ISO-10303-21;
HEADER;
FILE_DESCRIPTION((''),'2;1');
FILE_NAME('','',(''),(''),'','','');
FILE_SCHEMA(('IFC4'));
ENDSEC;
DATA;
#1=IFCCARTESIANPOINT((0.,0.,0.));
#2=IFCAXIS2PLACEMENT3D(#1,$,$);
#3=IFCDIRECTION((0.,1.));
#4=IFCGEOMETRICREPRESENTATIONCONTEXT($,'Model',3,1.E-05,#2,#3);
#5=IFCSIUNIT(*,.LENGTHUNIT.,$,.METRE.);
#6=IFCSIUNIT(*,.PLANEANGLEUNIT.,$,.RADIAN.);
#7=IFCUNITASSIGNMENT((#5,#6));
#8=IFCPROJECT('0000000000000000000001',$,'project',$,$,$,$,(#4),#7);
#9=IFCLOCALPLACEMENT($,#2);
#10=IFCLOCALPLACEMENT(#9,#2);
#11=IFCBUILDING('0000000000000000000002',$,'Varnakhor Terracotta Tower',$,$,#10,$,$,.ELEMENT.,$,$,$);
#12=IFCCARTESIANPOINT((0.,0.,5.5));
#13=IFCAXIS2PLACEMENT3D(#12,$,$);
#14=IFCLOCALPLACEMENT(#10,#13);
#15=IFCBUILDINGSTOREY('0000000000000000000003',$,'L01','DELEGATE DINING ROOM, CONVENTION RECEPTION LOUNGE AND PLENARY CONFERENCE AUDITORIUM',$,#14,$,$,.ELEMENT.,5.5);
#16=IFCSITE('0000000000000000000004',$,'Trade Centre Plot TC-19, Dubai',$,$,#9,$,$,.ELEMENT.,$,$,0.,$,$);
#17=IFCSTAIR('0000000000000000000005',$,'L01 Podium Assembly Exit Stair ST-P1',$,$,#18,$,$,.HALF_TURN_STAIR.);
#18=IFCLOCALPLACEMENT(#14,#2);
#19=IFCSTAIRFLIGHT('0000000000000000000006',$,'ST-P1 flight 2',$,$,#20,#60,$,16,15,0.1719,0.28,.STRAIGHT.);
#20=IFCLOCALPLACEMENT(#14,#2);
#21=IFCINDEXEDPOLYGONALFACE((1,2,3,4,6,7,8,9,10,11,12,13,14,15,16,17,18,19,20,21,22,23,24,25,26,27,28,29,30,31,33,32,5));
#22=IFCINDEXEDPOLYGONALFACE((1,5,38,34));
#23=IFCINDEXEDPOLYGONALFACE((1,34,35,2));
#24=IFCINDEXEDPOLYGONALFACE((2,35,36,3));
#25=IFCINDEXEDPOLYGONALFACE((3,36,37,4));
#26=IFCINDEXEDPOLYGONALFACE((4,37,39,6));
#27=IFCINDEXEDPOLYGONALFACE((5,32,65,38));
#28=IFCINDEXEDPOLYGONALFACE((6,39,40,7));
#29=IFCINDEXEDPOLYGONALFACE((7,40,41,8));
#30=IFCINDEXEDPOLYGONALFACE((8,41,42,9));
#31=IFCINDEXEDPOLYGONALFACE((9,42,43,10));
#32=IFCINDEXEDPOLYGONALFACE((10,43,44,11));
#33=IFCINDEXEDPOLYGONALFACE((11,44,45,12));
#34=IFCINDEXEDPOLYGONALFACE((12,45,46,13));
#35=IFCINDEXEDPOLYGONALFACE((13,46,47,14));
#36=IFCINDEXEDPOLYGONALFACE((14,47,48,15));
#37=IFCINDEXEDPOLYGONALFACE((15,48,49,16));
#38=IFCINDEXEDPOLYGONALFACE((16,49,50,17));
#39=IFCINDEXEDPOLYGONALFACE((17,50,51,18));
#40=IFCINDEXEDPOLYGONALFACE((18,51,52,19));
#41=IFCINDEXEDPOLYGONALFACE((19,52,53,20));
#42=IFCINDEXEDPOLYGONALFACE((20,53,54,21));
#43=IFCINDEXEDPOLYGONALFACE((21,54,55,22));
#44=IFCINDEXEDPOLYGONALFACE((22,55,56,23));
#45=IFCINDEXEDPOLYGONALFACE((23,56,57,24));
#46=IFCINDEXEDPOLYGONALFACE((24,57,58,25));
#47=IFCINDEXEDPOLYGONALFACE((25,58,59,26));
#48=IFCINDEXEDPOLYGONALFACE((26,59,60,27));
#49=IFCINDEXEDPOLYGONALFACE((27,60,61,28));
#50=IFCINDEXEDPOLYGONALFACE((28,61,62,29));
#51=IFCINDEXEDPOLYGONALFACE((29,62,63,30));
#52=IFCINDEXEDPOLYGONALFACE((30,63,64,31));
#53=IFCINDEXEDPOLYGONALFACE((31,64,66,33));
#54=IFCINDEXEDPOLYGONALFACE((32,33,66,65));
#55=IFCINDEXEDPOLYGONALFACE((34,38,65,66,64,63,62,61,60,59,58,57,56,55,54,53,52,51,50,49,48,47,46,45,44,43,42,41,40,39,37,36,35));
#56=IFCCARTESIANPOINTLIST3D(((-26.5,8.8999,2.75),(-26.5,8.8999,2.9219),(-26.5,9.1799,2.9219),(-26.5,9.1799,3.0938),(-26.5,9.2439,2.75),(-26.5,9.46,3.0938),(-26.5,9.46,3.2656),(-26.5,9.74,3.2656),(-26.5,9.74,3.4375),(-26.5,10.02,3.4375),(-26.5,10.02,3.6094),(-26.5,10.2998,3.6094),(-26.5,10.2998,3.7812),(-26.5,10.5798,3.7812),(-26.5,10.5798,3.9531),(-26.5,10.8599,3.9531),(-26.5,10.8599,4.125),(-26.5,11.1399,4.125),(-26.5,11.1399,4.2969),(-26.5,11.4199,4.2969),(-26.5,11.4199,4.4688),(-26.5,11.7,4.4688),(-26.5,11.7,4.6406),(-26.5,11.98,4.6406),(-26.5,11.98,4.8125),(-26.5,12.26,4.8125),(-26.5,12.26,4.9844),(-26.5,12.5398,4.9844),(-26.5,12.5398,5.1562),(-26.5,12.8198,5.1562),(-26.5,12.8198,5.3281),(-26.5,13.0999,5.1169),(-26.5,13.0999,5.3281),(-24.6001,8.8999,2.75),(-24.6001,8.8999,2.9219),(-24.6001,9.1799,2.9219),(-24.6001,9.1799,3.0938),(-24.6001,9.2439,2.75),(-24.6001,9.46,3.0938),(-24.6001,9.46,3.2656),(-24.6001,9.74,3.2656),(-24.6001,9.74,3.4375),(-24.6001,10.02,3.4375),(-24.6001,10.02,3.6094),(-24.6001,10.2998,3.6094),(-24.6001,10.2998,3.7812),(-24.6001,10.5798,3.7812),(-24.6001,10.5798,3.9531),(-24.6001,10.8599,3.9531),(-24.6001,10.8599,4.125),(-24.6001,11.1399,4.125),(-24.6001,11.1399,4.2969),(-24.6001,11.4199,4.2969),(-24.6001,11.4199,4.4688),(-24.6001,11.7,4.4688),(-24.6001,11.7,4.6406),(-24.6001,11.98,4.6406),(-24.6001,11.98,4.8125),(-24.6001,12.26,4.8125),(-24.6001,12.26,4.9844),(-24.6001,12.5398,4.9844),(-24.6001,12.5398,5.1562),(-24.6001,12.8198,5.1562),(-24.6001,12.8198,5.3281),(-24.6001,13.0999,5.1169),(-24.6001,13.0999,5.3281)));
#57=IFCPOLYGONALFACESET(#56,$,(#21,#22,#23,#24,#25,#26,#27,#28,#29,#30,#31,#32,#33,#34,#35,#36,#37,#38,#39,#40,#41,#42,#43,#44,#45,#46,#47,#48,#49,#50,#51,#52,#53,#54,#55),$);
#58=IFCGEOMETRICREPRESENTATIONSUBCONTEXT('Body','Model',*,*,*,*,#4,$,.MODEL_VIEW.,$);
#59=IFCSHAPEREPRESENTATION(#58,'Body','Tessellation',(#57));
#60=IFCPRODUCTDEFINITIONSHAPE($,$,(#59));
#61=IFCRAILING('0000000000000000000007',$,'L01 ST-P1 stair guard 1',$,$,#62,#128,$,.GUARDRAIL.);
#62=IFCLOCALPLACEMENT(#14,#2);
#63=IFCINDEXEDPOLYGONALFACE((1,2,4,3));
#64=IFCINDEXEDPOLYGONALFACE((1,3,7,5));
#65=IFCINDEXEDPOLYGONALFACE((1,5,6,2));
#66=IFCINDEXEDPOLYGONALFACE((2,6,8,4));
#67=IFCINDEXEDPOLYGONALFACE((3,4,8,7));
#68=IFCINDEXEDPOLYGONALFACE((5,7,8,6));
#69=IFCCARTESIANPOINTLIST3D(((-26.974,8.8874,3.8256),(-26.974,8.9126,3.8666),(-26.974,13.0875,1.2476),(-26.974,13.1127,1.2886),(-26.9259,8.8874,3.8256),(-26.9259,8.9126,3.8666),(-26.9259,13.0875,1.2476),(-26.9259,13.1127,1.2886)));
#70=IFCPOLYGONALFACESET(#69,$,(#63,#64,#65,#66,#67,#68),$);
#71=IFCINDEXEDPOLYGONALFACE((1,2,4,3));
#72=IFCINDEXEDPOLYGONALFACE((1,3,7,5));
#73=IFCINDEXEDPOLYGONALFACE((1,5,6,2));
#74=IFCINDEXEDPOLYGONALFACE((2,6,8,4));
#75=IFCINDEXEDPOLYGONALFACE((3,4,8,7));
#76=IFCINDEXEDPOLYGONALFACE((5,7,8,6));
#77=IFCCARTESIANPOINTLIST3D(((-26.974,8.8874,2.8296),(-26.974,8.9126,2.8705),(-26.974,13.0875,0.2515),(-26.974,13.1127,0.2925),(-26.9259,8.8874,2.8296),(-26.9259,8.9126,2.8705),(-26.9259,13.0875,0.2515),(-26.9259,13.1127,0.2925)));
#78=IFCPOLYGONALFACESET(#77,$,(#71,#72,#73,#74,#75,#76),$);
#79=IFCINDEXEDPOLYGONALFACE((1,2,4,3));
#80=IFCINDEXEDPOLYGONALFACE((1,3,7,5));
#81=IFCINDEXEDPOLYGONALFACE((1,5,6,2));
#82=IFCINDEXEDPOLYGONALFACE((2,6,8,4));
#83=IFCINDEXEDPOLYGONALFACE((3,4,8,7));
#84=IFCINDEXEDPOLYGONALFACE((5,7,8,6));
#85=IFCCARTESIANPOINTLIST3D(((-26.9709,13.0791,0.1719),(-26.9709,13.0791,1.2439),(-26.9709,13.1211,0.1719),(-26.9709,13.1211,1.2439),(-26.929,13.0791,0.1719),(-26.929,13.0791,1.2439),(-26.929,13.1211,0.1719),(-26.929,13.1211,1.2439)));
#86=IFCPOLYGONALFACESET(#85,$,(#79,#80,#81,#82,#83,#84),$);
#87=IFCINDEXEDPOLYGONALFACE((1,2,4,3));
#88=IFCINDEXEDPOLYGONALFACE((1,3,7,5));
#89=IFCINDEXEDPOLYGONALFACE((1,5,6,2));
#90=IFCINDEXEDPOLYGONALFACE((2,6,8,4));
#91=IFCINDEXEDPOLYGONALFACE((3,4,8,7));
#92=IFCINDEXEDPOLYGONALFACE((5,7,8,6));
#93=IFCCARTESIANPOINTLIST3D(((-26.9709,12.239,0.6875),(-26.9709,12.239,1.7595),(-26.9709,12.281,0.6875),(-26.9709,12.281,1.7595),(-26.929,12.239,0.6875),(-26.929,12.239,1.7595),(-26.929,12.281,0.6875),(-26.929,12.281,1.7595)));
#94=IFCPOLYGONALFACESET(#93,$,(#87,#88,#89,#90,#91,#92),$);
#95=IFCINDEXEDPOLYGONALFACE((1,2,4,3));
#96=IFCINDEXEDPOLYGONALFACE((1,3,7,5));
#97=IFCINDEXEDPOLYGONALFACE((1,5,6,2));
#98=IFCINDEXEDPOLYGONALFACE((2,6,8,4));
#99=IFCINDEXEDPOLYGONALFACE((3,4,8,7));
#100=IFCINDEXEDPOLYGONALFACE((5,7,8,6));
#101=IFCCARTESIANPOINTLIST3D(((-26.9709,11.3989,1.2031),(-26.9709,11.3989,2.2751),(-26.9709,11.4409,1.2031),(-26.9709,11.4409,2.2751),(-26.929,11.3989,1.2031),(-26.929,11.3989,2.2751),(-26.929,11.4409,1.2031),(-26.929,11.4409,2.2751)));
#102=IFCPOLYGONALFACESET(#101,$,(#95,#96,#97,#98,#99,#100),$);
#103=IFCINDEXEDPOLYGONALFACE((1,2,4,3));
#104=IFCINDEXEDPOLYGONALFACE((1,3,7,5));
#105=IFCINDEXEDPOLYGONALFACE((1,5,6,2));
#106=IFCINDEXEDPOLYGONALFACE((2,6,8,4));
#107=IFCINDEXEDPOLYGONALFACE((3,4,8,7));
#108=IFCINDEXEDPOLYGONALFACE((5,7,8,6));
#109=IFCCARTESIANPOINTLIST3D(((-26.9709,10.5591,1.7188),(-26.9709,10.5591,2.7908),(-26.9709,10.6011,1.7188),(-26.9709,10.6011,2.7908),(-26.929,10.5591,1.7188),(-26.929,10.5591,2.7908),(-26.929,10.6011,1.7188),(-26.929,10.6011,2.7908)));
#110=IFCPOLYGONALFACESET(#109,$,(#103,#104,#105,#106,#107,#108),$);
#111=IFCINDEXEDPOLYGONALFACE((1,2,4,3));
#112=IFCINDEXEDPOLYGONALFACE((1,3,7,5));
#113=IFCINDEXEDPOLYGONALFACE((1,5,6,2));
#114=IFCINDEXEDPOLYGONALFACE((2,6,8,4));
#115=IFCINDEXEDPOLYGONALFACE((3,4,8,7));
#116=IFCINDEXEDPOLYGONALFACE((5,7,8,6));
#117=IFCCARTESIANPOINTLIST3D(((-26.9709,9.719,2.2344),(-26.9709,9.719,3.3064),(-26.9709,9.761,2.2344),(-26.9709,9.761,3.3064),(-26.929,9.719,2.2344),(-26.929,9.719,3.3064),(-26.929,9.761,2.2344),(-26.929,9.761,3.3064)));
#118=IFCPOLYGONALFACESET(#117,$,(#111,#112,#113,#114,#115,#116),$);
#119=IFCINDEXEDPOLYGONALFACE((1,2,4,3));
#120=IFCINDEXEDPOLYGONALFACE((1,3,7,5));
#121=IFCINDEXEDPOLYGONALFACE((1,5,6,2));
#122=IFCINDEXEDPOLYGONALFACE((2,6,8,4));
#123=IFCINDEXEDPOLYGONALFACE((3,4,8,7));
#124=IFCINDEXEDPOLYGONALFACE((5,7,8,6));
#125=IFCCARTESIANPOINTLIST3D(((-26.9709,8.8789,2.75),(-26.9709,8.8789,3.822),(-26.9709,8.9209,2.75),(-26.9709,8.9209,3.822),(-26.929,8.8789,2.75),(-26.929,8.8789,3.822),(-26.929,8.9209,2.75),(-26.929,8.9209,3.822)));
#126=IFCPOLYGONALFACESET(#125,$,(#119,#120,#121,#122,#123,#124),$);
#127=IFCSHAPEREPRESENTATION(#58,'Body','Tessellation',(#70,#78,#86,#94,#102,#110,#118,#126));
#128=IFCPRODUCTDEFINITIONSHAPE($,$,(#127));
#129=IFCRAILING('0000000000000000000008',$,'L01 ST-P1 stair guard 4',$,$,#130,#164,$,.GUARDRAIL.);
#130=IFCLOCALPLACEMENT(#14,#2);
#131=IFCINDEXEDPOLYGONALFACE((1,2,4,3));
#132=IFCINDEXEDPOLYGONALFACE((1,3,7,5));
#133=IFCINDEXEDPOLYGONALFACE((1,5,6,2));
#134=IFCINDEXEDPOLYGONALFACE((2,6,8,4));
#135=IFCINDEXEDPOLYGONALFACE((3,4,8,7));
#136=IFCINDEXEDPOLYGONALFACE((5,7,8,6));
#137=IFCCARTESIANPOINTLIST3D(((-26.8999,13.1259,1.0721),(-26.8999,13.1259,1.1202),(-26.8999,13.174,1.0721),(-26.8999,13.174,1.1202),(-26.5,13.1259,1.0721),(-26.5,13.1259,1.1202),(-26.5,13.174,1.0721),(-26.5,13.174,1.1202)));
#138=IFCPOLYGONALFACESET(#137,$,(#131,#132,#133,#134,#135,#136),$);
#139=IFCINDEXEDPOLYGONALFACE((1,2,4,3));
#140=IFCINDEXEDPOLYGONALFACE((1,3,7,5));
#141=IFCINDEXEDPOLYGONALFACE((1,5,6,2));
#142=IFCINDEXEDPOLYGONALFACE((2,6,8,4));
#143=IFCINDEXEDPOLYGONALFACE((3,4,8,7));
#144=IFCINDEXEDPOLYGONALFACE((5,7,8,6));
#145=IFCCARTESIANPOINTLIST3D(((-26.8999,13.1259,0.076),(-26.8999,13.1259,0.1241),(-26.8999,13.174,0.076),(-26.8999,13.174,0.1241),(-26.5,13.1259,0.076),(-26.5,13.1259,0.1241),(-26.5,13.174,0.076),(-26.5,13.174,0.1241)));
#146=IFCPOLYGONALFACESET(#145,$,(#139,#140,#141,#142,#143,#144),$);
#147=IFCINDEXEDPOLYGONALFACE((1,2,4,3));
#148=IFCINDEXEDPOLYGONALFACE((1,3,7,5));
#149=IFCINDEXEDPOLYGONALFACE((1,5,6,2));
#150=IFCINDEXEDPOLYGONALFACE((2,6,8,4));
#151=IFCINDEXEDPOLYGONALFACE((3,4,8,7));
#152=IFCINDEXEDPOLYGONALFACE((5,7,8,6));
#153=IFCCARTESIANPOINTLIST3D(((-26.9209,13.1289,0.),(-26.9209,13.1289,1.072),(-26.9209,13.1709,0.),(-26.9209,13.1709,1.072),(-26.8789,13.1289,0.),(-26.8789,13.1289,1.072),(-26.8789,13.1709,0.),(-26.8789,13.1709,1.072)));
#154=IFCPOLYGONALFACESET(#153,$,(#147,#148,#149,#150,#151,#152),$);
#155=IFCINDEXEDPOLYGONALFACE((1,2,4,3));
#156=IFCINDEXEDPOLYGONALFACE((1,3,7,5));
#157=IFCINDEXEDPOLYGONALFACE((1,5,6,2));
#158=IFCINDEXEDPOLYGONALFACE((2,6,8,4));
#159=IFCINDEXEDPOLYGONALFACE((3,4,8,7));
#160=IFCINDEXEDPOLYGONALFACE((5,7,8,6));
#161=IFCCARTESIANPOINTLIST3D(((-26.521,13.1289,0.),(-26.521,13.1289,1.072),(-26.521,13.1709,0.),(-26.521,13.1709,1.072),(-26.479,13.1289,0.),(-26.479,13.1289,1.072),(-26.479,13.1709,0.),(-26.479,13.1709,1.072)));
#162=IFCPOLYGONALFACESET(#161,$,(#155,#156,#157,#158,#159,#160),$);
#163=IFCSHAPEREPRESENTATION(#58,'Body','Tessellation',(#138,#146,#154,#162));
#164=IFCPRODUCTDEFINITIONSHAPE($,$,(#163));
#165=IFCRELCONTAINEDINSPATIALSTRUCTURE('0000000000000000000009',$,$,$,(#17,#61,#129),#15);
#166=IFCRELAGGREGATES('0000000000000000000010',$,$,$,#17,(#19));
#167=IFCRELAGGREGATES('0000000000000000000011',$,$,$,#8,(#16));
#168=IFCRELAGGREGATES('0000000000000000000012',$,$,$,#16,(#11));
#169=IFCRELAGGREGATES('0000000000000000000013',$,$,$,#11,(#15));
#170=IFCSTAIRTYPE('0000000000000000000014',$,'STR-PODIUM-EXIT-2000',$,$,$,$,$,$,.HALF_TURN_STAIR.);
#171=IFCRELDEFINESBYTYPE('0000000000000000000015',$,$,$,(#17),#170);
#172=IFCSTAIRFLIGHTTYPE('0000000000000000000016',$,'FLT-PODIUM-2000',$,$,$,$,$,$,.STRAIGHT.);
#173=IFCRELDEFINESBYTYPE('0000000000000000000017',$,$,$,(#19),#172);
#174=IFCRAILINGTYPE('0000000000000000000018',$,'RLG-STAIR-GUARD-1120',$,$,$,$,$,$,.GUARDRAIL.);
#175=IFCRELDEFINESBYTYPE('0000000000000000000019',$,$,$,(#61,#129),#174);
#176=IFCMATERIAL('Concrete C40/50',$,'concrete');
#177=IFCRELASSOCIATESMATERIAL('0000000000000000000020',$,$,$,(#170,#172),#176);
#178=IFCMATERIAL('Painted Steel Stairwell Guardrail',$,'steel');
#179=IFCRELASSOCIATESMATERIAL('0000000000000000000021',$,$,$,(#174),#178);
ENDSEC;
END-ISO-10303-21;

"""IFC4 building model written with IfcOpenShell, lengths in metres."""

from ifc_helpers import new_model, si_unit, direction, frame, origin, origin_2d, place, context, subcontext, project, spatial, polyline, rectangle, outline, extrude, material, type_object, element, aggregate, save


model = new_model("IFC4")

# Units and contexts
model_context = context("Model", 3, precision=1e-05, world=origin(), true_north=direction((0.0, 1.0)))
body_context = subcontext(model_context, "Body", "Model", "MODEL_VIEW")
ifc_project = project(units=[si_unit("LENGTHUNIT", "METRE"), si_unit("PLANEANGLEUNIT", "RADIAN")], contexts=[model_context])

# Site, building, storey
site_placement = place(None, origin())
site = spatial("IfcSite", under=ifc_project, at=site_placement, Name="Trade Centre Plot TC-19, Dubai", CompositionType="ELEMENT", RefElevation=0.0)
building_placement = place(site_placement, origin())
building = spatial("IfcBuilding", under=site, at=building_placement, Name="Varnakhor Terracotta Tower", CompositionType="ELEMENT")
storey_placement = place(building_placement, frame((0.0, 0.0, 5.5)))
storey = spatial("IfcBuildingStorey", under=building, at=storey_placement, Name="L01", Description="DELEGATE DINING ROOM, CONVENTION RECEPTION LOUNGE AND PLENARY CONFERENCE AUDITORIUM", CompositionType="ELEMENT", Elevation=5.5)

# Shared definitions
ifc_material_1 = material(Name="Concrete C40/50", Category="concrete")

# Stair, stair flight
stair_type = type_object("IfcStairType", Name="STR-PODIUM-EXIT-2000", PredefinedType="HALF_TURN_STAIR", material=ifc_material_1)
stair_placement = place(storey_placement, origin())
stair = element("IfcStair", 1, at=stair_placement, inside=storey, type_object=stair_type, Name="L01 Podium Assembly Exit Stair ST-P1", PredefinedType="HALF_TURN_STAIR")
stair_flight_type = type_object("IfcStairFlightType", Name="FLT-PODIUM-2000", PredefinedType="STRAIGHT", material=ifc_material_1)
stair_flight_1_placement = place(storey_placement, frame((-25.55, 8.8999, 2.75), z_axis=(0.0, 0.0, 1.0), x_axis=(0.0, 1.0, 0.0)))
stair_flight_1 = element("IfcStairFlight", 2, at=stair_flight_1_placement, type_object=stair_flight_type, Name="ST-P1 flight 2", NumberOfRisers=16, NumberOfTreads=15, PredefinedType="STRAIGHT", RiserHeight=0.1719, TreadLength=0.28, context=body_context, shape_type="SweptSolid", body=[
    extrude(outline(polyline([(0.0, 0.0), (0.0, 0.1719), (0.28, 0.1719), (0.28, 0.3438), (0.5601, 0.3438), (0.5601, 0.5156), (0.8401, 0.5156), (0.8401, 0.6875), (1.1201, 0.6875), (1.1201, 0.8594), (1.3999, 0.8594), (1.3999, 1.0312), (1.6799, 1.0312), (1.6799, 1.2031), (1.96, 1.2031), (1.96, 1.375), (2.24, 1.375), (2.24, 1.5469), (2.52, 1.5469), (2.52, 1.7188), (2.8, 1.7188), (2.8, 1.8906), (3.0801, 1.8906), (3.0801, 2.0625), (3.3601, 2.0625), (3.3601, 2.2344), (3.6399, 2.2344), (3.6399, 2.4062), (3.9199, 2.4062), (3.9199, 2.5781), (4.2, 2.5781), (4.2, 2.75), (4.2, 2.3669), (0.344, 0.0), (0.0, 0.0)])), frame((0.0, 0.95, 0.0), z_axis=(0.0, -1.0, 0.0), x_axis=(1.0, 0.0, 0.0)), (0.0, 0.0, 1.0), 1.8999),
])
aggregate(stair, [stair_flight_1])

# Railings
ifc_material_2 = material(Name="Painted Steel Stairwell Guardrail", Category="steel")
railing_type_1 = type_object("IfcRailingType", Name="RLG-STAIR-GUARD-1120", PredefinedType="GUARDRAIL", material=ifc_material_2)
railing_1_placement = place(storey_placement, frame((-26.95, 13.1001, 0.1719)))
element("IfcRailing", 3, at=railing_1_placement, inside=storey, type_object=railing_type_1, Name="L01 ST-P1 stair guard 1", PredefinedType="GUARDRAIL", context=body_context, shape_type="SweptSolid", body=[
    extrude(rectangle(XDim=0.0481, YDim=0.0481, at=origin_2d()), frame((0.0, 0.0, 1.0962), z_axis=(0.0, -0.852256, 0.523124), x_axis=(1.0, 0.0, 0.0)), (0.0, 0.0, 1.0), 4.9282),
    extrude(rectangle(XDim=0.0481, YDim=0.0481, at=origin_2d()), frame((0.0, 0.0, 0.1001), z_axis=(0.0, -0.852256, 0.523124), x_axis=(1.0, 0.0, 0.0)), (0.0, 0.0, 1.0), 4.9282),
    extrude(rectangle(XDim=0.042, YDim=0.042, at=origin_2d()), origin(), (0.0, 0.0, 1.0), 1.072),
    extrude(rectangle(XDim=0.042, YDim=0.042, at=origin_2d()), frame((0.0, -0.8401, 0.5156)), (0.0, 0.0, 1.0), 1.072),
    extrude(rectangle(XDim=0.042, YDim=0.042, at=origin_2d()), frame((0.0, -1.6802, 1.0312)), (0.0, 0.0, 1.0), 1.072),
    extrude(rectangle(XDim=0.042, YDim=0.042, at=origin_2d()), frame((0.0, -2.52, 1.5469)), (0.0, 0.0, 1.0), 1.072),
    extrude(rectangle(XDim=0.042, YDim=0.042, at=origin_2d()), frame((0.0, -3.3601, 2.0625)), (0.0, 0.0, 1.0), 1.072),
    extrude(rectangle(XDim=0.042, YDim=0.042, at=origin_2d()), frame((0.0, -4.2002, 2.5781)), (0.0, 0.0, 1.0), 1.072),
])
railing_2_placement = place(storey_placement, frame((-26.8999, 13.1499, 0.0)))
element("IfcRailing", 4, at=railing_2_placement, inside=storey, type_object=railing_type_1, Name="L01 ST-P1 stair guard 4", PredefinedType="GUARDRAIL", context=body_context, shape_type="SweptSolid", body=[
    extrude(rectangle(XDim=0.0481, YDim=0.0481, at=origin_2d()), frame((0.0, 0.0, 1.0962), z_axis=(1.0, 0.0, 0.0), x_axis=(0.0, 1.0, 0.0)), (0.0, 0.0, 1.0), 0.3999),
    extrude(rectangle(XDim=0.0481, YDim=0.0481, at=origin_2d()), frame((0.0, 0.0, 0.1001), z_axis=(1.0, 0.0, 0.0), x_axis=(0.0, 1.0, 0.0)), (0.0, 0.0, 1.0), 0.3999),
    extrude(rectangle(XDim=0.042, YDim=0.042, at=origin_2d()), origin(), (0.0, 0.0, 1.0), 1.072),
    extrude(rectangle(XDim=0.042, YDim=0.042, at=origin_2d()), frame((0.3999, 0.0, 0.0)), (0.0, 0.0, 1.0), 1.072),
])

save(model, "model.ifc")
